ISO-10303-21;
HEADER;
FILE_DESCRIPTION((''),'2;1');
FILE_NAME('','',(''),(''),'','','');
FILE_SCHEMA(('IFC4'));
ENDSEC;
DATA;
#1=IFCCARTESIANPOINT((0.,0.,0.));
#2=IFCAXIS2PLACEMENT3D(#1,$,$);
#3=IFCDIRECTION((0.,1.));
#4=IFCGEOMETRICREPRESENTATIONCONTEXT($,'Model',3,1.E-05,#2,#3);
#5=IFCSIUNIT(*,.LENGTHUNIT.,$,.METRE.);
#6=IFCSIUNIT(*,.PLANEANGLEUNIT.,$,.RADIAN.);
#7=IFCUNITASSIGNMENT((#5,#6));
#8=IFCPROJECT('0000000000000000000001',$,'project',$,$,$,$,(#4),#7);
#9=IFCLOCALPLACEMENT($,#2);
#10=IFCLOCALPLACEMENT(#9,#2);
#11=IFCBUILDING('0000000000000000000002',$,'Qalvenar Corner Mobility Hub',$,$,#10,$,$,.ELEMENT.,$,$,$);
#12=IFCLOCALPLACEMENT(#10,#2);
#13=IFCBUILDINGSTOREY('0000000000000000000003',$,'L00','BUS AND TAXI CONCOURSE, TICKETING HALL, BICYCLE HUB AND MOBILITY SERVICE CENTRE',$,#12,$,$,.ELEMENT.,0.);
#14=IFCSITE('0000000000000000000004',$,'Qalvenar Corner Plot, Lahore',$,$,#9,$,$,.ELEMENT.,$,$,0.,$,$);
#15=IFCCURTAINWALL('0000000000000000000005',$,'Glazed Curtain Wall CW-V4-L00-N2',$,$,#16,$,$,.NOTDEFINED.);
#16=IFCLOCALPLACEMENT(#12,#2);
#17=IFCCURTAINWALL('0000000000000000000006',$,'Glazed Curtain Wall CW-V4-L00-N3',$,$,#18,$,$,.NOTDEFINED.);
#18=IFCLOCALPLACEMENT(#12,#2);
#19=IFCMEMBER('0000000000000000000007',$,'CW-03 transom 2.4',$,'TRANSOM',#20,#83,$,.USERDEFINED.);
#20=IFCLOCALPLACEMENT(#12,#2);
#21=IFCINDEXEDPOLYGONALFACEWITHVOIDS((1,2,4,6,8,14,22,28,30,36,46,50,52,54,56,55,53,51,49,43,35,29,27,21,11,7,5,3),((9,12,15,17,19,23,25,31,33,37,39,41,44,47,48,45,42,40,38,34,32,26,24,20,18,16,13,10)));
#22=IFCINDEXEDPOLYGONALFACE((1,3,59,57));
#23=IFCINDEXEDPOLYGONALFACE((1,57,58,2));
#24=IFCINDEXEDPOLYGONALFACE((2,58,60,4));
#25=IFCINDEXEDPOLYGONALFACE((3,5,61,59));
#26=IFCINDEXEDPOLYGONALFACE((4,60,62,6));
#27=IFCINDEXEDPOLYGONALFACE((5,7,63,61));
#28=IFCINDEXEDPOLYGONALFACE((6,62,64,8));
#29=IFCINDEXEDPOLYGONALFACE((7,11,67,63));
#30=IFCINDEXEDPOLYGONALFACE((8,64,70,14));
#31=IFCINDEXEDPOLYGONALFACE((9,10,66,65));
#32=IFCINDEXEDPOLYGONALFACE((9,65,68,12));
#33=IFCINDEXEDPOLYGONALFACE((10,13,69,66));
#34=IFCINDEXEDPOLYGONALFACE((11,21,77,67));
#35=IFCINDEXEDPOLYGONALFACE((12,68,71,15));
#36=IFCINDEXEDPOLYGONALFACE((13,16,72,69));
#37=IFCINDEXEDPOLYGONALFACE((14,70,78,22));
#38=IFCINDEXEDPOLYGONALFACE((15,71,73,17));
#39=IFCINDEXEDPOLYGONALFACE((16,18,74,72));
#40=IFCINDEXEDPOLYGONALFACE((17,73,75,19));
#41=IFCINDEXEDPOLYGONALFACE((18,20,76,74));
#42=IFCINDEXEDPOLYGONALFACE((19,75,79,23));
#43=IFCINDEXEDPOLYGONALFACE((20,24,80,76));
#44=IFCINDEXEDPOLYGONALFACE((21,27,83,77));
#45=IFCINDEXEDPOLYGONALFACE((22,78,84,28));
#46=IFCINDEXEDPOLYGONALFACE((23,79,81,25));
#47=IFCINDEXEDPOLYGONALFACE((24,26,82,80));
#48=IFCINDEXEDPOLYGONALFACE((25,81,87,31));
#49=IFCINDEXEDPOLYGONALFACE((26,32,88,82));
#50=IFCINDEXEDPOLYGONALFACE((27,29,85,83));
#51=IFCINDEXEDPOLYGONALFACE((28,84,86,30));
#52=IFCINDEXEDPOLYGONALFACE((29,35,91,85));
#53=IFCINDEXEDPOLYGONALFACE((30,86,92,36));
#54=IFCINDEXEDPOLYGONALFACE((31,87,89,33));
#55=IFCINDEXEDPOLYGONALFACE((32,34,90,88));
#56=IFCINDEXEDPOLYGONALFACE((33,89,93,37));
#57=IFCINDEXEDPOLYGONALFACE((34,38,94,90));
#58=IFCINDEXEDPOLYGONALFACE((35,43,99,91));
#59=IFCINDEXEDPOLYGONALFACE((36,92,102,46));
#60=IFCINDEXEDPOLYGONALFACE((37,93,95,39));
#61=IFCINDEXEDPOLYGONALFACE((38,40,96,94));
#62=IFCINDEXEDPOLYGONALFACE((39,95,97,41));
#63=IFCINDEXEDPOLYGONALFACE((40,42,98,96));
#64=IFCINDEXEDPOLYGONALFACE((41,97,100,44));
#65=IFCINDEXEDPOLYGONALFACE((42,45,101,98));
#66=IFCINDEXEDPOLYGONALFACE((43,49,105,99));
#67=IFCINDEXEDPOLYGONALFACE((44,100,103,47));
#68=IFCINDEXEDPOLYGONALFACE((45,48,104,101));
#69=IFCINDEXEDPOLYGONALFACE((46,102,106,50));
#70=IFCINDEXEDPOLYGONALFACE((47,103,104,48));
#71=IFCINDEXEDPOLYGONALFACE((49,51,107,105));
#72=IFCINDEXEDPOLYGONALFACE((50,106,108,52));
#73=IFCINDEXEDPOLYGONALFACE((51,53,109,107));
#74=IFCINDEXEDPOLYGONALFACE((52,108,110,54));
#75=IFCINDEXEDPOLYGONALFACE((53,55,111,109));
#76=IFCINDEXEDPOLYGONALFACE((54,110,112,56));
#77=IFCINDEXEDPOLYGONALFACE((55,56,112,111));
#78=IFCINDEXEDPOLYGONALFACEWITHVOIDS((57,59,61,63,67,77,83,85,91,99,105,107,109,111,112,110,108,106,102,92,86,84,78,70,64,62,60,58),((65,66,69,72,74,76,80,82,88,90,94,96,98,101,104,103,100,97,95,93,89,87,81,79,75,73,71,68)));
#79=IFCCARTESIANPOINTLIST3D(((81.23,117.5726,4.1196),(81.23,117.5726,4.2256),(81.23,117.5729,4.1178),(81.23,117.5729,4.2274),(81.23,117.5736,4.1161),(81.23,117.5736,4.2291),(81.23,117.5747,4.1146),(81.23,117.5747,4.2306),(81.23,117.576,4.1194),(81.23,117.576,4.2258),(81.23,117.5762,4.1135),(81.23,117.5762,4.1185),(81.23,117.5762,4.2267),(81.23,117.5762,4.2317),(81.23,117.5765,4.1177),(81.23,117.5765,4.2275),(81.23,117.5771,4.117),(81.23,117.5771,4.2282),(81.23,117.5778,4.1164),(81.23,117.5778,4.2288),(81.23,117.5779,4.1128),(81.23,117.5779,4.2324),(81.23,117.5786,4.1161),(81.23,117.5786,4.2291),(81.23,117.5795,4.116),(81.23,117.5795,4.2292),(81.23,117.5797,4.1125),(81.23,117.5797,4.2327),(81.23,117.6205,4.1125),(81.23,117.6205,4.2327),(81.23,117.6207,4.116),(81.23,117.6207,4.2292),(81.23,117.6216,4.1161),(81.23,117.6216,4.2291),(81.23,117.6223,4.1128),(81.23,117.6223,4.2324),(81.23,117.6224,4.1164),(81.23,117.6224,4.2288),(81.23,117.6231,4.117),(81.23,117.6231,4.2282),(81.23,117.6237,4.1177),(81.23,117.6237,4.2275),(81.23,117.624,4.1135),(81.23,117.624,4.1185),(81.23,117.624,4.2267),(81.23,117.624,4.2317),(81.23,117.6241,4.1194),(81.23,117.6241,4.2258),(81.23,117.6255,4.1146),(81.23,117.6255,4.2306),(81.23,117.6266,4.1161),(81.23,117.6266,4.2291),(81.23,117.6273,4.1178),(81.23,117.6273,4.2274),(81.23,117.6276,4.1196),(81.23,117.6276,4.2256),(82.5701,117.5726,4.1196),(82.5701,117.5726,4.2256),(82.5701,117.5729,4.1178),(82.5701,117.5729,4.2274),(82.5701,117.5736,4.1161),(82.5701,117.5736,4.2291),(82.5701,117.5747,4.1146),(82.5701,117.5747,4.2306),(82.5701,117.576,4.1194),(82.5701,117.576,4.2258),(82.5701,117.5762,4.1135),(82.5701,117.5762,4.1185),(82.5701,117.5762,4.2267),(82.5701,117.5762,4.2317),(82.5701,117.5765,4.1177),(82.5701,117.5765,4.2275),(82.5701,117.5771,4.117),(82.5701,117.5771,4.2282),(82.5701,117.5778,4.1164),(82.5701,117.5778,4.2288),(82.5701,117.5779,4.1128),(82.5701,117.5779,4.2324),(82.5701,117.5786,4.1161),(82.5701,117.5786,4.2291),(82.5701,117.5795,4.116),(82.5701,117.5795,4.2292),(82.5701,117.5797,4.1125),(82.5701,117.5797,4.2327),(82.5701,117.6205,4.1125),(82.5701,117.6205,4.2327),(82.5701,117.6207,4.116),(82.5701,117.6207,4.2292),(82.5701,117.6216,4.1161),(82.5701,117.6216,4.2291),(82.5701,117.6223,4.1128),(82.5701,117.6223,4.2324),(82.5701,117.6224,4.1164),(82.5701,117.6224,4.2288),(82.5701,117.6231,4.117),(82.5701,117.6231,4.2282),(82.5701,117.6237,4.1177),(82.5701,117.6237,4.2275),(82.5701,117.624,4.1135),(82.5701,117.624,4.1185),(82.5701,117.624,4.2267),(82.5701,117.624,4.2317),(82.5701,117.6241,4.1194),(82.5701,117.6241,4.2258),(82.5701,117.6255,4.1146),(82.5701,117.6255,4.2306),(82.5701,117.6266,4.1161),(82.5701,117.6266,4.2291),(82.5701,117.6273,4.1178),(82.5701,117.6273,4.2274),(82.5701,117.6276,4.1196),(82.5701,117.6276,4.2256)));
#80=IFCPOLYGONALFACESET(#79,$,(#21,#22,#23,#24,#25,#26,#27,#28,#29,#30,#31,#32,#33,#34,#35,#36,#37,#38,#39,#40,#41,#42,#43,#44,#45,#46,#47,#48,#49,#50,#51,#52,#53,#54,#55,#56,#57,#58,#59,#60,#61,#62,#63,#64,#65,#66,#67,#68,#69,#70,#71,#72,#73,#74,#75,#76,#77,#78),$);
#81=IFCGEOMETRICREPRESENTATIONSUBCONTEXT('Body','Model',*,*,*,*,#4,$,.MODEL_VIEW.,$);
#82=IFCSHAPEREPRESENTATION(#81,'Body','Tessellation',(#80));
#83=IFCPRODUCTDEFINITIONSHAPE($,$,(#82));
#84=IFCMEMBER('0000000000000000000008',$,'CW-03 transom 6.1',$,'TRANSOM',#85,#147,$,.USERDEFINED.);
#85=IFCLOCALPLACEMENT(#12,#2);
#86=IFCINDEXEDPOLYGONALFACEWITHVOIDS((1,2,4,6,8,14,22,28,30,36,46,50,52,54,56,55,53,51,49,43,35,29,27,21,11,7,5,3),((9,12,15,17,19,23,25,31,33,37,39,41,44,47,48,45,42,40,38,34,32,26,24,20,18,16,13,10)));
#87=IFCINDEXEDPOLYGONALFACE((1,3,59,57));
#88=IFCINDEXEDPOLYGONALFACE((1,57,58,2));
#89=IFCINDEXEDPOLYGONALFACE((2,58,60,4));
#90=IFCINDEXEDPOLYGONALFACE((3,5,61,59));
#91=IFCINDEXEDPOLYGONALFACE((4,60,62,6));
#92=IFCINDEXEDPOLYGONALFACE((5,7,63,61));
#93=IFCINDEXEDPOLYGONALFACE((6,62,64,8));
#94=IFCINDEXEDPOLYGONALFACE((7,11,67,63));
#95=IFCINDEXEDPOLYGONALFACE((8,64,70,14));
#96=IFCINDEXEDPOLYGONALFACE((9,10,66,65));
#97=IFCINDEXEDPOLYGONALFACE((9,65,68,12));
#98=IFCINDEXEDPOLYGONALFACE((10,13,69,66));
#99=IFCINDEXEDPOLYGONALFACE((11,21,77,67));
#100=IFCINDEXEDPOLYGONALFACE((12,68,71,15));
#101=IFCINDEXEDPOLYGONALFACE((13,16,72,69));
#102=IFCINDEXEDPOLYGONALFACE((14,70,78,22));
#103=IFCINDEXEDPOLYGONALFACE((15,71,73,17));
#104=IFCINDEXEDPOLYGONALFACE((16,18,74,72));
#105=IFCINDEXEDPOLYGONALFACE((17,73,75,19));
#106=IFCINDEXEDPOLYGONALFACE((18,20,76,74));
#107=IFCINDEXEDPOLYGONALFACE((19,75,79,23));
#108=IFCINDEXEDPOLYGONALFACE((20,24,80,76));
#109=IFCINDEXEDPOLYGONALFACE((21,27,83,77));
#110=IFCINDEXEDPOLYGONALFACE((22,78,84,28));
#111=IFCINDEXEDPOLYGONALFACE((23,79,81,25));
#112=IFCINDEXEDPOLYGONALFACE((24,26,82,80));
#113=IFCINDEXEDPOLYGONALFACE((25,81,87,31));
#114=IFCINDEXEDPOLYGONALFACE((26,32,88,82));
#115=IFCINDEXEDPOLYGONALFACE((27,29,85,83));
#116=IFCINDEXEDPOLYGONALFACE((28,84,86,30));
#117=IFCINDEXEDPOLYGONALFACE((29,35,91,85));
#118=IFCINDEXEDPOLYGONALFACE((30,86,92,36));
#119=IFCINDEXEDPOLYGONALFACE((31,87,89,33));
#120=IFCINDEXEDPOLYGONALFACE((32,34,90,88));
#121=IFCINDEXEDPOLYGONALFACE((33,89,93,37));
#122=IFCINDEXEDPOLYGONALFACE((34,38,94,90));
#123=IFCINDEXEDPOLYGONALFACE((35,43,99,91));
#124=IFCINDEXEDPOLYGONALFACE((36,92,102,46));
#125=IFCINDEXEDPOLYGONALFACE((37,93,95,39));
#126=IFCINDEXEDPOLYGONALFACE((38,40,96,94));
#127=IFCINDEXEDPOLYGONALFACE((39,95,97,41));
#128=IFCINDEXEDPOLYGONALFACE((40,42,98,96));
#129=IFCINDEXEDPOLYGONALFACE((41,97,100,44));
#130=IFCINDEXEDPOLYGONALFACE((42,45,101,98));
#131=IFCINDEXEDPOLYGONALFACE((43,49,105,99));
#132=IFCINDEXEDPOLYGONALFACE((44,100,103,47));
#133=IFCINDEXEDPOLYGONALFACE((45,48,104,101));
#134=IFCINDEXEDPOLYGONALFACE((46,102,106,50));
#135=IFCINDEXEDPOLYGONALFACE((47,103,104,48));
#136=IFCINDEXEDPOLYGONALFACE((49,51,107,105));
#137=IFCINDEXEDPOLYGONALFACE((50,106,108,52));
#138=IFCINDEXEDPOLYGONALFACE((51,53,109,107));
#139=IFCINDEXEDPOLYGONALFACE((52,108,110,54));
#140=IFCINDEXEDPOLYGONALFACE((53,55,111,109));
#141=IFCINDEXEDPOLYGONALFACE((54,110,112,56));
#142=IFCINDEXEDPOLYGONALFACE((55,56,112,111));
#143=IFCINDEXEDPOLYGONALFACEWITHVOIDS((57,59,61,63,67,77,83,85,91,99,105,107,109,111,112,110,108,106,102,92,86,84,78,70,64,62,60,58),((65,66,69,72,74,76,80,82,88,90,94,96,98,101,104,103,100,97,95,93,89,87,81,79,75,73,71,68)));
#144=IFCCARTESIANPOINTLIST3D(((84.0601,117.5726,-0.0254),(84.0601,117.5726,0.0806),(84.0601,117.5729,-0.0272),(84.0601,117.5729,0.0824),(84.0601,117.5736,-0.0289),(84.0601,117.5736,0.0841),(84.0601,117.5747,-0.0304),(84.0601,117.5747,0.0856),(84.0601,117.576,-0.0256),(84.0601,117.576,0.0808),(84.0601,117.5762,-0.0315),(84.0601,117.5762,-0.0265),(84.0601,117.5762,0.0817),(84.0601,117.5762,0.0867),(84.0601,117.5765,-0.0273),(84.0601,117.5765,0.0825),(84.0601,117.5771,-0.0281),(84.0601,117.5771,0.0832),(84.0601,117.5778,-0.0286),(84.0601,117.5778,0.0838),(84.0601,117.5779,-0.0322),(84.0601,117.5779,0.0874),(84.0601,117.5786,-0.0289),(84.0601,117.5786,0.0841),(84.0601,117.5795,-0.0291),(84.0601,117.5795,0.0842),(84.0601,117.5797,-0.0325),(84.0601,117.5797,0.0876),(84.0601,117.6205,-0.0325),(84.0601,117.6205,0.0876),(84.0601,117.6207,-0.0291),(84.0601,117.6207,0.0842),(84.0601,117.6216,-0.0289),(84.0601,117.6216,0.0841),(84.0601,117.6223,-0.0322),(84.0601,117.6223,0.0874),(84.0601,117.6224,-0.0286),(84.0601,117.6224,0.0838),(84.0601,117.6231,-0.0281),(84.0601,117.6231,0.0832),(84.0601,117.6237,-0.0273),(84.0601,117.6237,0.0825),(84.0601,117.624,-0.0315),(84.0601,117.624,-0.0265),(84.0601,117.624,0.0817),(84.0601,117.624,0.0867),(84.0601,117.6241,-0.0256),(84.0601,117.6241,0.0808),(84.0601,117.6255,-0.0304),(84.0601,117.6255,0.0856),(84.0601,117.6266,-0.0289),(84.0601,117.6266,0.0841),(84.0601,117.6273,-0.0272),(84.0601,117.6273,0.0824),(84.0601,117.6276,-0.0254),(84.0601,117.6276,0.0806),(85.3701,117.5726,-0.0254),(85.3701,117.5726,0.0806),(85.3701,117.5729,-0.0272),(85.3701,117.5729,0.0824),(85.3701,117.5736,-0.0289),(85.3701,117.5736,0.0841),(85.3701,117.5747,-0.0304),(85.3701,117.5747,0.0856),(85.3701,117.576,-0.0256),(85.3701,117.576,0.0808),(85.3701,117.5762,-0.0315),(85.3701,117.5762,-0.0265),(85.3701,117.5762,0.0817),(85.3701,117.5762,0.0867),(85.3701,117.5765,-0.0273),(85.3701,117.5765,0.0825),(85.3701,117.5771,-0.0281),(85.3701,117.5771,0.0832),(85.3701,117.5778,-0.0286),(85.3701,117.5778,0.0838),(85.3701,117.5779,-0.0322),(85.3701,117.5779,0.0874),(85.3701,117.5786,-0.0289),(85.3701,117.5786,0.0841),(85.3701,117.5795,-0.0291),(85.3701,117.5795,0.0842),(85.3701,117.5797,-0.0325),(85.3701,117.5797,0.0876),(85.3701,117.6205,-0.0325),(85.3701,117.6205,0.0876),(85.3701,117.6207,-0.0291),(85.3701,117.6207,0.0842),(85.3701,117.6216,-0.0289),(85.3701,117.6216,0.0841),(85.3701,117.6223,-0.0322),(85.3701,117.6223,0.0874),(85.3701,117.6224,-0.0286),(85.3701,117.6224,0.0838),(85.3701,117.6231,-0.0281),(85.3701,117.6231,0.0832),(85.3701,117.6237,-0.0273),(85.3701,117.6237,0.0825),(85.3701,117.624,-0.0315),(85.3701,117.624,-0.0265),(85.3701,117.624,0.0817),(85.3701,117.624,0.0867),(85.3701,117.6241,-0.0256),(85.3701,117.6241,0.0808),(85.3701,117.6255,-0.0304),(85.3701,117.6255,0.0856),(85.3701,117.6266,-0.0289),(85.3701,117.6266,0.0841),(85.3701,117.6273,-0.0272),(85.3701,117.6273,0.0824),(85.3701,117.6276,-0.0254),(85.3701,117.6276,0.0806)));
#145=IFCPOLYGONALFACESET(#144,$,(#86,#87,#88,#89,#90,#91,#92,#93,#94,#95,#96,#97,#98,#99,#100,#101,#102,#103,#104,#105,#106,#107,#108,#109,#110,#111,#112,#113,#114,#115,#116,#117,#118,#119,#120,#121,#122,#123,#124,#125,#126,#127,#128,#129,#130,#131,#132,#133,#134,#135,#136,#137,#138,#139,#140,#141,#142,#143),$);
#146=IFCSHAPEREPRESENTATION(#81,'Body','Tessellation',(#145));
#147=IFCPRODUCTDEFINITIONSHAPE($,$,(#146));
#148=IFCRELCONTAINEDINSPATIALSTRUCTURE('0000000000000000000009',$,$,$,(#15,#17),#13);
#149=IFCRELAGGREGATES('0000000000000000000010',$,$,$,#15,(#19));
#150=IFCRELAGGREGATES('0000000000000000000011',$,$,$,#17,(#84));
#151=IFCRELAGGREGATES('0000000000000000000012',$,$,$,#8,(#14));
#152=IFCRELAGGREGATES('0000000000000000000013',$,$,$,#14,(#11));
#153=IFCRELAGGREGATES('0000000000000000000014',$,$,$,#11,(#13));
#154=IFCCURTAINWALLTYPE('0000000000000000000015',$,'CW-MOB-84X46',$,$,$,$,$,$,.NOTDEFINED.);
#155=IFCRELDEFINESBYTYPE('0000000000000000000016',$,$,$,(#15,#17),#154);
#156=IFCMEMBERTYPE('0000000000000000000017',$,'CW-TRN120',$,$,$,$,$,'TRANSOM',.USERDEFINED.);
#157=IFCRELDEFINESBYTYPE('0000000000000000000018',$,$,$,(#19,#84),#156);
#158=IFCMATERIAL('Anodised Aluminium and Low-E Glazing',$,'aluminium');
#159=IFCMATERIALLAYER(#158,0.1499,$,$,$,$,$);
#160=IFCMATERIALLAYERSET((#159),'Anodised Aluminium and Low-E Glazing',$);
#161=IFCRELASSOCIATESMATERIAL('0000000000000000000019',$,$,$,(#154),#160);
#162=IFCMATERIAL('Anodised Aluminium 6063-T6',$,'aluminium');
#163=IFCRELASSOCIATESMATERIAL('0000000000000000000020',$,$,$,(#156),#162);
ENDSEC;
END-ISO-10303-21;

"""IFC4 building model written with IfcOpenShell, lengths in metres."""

from ifc_helpers import new_model, si_unit, direction, frame, origin, origin_2d, place, context, subcontext, project, spatial, hollow_rectangle, extrude, material, layer, layer_set, material_profile, profile_set, type_object, element, aggregate, save


model = new_model("IFC4")

# Units and contexts
model_context = context("Model", 3, precision=1e-05, world=origin(), true_north=direction((0.0, 1.0)))
body_context = subcontext(model_context, "Body", "Model", "MODEL_VIEW")
ifc_project = project(units=[si_unit("LENGTHUNIT", "METRE"), si_unit("PLANEANGLEUNIT", "RADIAN")], contexts=[model_context])

# Site, building, storey
site_placement = place(None, origin())
site = spatial("IfcSite", under=ifc_project, at=site_placement, Name="Qalvenar Corner Plot, Lahore", CompositionType="ELEMENT", RefElevation=0.0)
building_placement = place(site_placement, origin())
building = spatial("IfcBuilding", under=site, at=building_placement, Name="Qalvenar Corner Mobility Hub", CompositionType="ELEMENT")
storey_placement = place(building_placement, origin())
storey = spatial("IfcBuildingStorey", under=building, at=storey_placement, Name="L00", Description="BUS AND TAXI CONCOURSE, TICKETING HALL, BICYCLE HUB AND MOBILITY SERVICE CENTRE", CompositionType="ELEMENT", Elevation=0.0)

# Curtain walls
ifc_material_1 = material(Name="Anodised Aluminium and Low-E Glazing", Category="aluminium")
ifc_layer_1 = layer(ifc_material_1, 0.1499)
ifc_layer_set_1 = layer_set([ifc_layer_1], Name="Anodised Aluminium and Low-E Glazing")
curtain_wall_type = type_object("IfcCurtainWallType", Name="CW-MOB-84X46", PredefinedType="NOTDEFINED", material=ifc_layer_set_1)
curtain_wall_1_placement = place(storey_placement, origin())
curtain_wall_1 = element("IfcCurtainWall", 1, at=curtain_wall_1_placement, inside=storey, type_object=curtain_wall_type, Name="Glazed Curtain Wall CW-V4-L00-N2", PredefinedType="NOTDEFINED")
ifc_material_2 = material(Name="Anodised Aluminium 6063-T6", Category="aluminium")
curtain_wall_2_placement = place(storey_placement, origin())
curtain_wall_2 = element("IfcCurtainWall", 2, at=curtain_wall_2_placement, inside=storey, type_object=curtain_wall_type, Name="Glazed Curtain Wall CW-V4-L00-N3", PredefinedType="NOTDEFINED")

# Members
ifc_material_profile_1 = material_profile(ifc_material_2, hollow_rectangle(XDim=0.0549, YDim=0.1201, WallThickness=0.0034, InnerFilletRadius=0.0034, OuterFilletRadius=0.0071, at=origin_2d()), Name="RHS120x55x3.5")
ifc_profile_set_1 = profile_set([ifc_material_profile_1], Name="Anodised Aluminium 6063-T6")
member_type_1 = type_object("IfcMemberType", Name="CW-TRN120", ElementType="TRANSOM", PredefinedType="USERDEFINED", material=ifc_profile_set_1)
member_1_placement = place(storey_placement, frame((82.5701, 117.6001, 4.1726), z_axis=(-1.0, 0.0, 0.0), x_axis=(0.0, -1.0, 0.0)))
member_1 = element("IfcMember", 3, at=member_1_placement, type_object=member_type_1, Name="CW-03 transom 2.4", ObjectType="TRANSOM", PredefinedType="USERDEFINED", context=body_context, shape_type="SweptSolid", body=[
    extrude(hollow_rectangle(XDim=0.0549, YDim=0.1201, WallThickness=0.0034, InnerFilletRadius=0.0034, OuterFilletRadius=0.0071, at=origin_2d()), origin(), (0.0, 0.0, 1.0), 1.3401),
])
member_2_placement = place(storey_placement, frame((85.3701, 117.6001, 0.0276), z_axis=(-1.0, 0.0, 0.0), x_axis=(0.0, -1.0, 0.0)))
member_2 = element("IfcMember", 4, at=member_2_placement, type_object=member_type_1, Name="CW-03 transom 6.1", ObjectType="TRANSOM", PredefinedType="USERDEFINED", context=body_context, shape_type="SweptSolid", body=[
    extrude(hollow_rectangle(XDim=0.0549, YDim=0.1201, WallThickness=0.0034, InnerFilletRadius=0.0034, OuterFilletRadius=0.0071, at=origin_2d()), origin(), (0.0, 0.0, 1.0), 1.3101),
])

aggregate(curtain_wall_1, [member_1])
aggregate(curtain_wall_2, [member_2])

save(model, "model.ifc")
